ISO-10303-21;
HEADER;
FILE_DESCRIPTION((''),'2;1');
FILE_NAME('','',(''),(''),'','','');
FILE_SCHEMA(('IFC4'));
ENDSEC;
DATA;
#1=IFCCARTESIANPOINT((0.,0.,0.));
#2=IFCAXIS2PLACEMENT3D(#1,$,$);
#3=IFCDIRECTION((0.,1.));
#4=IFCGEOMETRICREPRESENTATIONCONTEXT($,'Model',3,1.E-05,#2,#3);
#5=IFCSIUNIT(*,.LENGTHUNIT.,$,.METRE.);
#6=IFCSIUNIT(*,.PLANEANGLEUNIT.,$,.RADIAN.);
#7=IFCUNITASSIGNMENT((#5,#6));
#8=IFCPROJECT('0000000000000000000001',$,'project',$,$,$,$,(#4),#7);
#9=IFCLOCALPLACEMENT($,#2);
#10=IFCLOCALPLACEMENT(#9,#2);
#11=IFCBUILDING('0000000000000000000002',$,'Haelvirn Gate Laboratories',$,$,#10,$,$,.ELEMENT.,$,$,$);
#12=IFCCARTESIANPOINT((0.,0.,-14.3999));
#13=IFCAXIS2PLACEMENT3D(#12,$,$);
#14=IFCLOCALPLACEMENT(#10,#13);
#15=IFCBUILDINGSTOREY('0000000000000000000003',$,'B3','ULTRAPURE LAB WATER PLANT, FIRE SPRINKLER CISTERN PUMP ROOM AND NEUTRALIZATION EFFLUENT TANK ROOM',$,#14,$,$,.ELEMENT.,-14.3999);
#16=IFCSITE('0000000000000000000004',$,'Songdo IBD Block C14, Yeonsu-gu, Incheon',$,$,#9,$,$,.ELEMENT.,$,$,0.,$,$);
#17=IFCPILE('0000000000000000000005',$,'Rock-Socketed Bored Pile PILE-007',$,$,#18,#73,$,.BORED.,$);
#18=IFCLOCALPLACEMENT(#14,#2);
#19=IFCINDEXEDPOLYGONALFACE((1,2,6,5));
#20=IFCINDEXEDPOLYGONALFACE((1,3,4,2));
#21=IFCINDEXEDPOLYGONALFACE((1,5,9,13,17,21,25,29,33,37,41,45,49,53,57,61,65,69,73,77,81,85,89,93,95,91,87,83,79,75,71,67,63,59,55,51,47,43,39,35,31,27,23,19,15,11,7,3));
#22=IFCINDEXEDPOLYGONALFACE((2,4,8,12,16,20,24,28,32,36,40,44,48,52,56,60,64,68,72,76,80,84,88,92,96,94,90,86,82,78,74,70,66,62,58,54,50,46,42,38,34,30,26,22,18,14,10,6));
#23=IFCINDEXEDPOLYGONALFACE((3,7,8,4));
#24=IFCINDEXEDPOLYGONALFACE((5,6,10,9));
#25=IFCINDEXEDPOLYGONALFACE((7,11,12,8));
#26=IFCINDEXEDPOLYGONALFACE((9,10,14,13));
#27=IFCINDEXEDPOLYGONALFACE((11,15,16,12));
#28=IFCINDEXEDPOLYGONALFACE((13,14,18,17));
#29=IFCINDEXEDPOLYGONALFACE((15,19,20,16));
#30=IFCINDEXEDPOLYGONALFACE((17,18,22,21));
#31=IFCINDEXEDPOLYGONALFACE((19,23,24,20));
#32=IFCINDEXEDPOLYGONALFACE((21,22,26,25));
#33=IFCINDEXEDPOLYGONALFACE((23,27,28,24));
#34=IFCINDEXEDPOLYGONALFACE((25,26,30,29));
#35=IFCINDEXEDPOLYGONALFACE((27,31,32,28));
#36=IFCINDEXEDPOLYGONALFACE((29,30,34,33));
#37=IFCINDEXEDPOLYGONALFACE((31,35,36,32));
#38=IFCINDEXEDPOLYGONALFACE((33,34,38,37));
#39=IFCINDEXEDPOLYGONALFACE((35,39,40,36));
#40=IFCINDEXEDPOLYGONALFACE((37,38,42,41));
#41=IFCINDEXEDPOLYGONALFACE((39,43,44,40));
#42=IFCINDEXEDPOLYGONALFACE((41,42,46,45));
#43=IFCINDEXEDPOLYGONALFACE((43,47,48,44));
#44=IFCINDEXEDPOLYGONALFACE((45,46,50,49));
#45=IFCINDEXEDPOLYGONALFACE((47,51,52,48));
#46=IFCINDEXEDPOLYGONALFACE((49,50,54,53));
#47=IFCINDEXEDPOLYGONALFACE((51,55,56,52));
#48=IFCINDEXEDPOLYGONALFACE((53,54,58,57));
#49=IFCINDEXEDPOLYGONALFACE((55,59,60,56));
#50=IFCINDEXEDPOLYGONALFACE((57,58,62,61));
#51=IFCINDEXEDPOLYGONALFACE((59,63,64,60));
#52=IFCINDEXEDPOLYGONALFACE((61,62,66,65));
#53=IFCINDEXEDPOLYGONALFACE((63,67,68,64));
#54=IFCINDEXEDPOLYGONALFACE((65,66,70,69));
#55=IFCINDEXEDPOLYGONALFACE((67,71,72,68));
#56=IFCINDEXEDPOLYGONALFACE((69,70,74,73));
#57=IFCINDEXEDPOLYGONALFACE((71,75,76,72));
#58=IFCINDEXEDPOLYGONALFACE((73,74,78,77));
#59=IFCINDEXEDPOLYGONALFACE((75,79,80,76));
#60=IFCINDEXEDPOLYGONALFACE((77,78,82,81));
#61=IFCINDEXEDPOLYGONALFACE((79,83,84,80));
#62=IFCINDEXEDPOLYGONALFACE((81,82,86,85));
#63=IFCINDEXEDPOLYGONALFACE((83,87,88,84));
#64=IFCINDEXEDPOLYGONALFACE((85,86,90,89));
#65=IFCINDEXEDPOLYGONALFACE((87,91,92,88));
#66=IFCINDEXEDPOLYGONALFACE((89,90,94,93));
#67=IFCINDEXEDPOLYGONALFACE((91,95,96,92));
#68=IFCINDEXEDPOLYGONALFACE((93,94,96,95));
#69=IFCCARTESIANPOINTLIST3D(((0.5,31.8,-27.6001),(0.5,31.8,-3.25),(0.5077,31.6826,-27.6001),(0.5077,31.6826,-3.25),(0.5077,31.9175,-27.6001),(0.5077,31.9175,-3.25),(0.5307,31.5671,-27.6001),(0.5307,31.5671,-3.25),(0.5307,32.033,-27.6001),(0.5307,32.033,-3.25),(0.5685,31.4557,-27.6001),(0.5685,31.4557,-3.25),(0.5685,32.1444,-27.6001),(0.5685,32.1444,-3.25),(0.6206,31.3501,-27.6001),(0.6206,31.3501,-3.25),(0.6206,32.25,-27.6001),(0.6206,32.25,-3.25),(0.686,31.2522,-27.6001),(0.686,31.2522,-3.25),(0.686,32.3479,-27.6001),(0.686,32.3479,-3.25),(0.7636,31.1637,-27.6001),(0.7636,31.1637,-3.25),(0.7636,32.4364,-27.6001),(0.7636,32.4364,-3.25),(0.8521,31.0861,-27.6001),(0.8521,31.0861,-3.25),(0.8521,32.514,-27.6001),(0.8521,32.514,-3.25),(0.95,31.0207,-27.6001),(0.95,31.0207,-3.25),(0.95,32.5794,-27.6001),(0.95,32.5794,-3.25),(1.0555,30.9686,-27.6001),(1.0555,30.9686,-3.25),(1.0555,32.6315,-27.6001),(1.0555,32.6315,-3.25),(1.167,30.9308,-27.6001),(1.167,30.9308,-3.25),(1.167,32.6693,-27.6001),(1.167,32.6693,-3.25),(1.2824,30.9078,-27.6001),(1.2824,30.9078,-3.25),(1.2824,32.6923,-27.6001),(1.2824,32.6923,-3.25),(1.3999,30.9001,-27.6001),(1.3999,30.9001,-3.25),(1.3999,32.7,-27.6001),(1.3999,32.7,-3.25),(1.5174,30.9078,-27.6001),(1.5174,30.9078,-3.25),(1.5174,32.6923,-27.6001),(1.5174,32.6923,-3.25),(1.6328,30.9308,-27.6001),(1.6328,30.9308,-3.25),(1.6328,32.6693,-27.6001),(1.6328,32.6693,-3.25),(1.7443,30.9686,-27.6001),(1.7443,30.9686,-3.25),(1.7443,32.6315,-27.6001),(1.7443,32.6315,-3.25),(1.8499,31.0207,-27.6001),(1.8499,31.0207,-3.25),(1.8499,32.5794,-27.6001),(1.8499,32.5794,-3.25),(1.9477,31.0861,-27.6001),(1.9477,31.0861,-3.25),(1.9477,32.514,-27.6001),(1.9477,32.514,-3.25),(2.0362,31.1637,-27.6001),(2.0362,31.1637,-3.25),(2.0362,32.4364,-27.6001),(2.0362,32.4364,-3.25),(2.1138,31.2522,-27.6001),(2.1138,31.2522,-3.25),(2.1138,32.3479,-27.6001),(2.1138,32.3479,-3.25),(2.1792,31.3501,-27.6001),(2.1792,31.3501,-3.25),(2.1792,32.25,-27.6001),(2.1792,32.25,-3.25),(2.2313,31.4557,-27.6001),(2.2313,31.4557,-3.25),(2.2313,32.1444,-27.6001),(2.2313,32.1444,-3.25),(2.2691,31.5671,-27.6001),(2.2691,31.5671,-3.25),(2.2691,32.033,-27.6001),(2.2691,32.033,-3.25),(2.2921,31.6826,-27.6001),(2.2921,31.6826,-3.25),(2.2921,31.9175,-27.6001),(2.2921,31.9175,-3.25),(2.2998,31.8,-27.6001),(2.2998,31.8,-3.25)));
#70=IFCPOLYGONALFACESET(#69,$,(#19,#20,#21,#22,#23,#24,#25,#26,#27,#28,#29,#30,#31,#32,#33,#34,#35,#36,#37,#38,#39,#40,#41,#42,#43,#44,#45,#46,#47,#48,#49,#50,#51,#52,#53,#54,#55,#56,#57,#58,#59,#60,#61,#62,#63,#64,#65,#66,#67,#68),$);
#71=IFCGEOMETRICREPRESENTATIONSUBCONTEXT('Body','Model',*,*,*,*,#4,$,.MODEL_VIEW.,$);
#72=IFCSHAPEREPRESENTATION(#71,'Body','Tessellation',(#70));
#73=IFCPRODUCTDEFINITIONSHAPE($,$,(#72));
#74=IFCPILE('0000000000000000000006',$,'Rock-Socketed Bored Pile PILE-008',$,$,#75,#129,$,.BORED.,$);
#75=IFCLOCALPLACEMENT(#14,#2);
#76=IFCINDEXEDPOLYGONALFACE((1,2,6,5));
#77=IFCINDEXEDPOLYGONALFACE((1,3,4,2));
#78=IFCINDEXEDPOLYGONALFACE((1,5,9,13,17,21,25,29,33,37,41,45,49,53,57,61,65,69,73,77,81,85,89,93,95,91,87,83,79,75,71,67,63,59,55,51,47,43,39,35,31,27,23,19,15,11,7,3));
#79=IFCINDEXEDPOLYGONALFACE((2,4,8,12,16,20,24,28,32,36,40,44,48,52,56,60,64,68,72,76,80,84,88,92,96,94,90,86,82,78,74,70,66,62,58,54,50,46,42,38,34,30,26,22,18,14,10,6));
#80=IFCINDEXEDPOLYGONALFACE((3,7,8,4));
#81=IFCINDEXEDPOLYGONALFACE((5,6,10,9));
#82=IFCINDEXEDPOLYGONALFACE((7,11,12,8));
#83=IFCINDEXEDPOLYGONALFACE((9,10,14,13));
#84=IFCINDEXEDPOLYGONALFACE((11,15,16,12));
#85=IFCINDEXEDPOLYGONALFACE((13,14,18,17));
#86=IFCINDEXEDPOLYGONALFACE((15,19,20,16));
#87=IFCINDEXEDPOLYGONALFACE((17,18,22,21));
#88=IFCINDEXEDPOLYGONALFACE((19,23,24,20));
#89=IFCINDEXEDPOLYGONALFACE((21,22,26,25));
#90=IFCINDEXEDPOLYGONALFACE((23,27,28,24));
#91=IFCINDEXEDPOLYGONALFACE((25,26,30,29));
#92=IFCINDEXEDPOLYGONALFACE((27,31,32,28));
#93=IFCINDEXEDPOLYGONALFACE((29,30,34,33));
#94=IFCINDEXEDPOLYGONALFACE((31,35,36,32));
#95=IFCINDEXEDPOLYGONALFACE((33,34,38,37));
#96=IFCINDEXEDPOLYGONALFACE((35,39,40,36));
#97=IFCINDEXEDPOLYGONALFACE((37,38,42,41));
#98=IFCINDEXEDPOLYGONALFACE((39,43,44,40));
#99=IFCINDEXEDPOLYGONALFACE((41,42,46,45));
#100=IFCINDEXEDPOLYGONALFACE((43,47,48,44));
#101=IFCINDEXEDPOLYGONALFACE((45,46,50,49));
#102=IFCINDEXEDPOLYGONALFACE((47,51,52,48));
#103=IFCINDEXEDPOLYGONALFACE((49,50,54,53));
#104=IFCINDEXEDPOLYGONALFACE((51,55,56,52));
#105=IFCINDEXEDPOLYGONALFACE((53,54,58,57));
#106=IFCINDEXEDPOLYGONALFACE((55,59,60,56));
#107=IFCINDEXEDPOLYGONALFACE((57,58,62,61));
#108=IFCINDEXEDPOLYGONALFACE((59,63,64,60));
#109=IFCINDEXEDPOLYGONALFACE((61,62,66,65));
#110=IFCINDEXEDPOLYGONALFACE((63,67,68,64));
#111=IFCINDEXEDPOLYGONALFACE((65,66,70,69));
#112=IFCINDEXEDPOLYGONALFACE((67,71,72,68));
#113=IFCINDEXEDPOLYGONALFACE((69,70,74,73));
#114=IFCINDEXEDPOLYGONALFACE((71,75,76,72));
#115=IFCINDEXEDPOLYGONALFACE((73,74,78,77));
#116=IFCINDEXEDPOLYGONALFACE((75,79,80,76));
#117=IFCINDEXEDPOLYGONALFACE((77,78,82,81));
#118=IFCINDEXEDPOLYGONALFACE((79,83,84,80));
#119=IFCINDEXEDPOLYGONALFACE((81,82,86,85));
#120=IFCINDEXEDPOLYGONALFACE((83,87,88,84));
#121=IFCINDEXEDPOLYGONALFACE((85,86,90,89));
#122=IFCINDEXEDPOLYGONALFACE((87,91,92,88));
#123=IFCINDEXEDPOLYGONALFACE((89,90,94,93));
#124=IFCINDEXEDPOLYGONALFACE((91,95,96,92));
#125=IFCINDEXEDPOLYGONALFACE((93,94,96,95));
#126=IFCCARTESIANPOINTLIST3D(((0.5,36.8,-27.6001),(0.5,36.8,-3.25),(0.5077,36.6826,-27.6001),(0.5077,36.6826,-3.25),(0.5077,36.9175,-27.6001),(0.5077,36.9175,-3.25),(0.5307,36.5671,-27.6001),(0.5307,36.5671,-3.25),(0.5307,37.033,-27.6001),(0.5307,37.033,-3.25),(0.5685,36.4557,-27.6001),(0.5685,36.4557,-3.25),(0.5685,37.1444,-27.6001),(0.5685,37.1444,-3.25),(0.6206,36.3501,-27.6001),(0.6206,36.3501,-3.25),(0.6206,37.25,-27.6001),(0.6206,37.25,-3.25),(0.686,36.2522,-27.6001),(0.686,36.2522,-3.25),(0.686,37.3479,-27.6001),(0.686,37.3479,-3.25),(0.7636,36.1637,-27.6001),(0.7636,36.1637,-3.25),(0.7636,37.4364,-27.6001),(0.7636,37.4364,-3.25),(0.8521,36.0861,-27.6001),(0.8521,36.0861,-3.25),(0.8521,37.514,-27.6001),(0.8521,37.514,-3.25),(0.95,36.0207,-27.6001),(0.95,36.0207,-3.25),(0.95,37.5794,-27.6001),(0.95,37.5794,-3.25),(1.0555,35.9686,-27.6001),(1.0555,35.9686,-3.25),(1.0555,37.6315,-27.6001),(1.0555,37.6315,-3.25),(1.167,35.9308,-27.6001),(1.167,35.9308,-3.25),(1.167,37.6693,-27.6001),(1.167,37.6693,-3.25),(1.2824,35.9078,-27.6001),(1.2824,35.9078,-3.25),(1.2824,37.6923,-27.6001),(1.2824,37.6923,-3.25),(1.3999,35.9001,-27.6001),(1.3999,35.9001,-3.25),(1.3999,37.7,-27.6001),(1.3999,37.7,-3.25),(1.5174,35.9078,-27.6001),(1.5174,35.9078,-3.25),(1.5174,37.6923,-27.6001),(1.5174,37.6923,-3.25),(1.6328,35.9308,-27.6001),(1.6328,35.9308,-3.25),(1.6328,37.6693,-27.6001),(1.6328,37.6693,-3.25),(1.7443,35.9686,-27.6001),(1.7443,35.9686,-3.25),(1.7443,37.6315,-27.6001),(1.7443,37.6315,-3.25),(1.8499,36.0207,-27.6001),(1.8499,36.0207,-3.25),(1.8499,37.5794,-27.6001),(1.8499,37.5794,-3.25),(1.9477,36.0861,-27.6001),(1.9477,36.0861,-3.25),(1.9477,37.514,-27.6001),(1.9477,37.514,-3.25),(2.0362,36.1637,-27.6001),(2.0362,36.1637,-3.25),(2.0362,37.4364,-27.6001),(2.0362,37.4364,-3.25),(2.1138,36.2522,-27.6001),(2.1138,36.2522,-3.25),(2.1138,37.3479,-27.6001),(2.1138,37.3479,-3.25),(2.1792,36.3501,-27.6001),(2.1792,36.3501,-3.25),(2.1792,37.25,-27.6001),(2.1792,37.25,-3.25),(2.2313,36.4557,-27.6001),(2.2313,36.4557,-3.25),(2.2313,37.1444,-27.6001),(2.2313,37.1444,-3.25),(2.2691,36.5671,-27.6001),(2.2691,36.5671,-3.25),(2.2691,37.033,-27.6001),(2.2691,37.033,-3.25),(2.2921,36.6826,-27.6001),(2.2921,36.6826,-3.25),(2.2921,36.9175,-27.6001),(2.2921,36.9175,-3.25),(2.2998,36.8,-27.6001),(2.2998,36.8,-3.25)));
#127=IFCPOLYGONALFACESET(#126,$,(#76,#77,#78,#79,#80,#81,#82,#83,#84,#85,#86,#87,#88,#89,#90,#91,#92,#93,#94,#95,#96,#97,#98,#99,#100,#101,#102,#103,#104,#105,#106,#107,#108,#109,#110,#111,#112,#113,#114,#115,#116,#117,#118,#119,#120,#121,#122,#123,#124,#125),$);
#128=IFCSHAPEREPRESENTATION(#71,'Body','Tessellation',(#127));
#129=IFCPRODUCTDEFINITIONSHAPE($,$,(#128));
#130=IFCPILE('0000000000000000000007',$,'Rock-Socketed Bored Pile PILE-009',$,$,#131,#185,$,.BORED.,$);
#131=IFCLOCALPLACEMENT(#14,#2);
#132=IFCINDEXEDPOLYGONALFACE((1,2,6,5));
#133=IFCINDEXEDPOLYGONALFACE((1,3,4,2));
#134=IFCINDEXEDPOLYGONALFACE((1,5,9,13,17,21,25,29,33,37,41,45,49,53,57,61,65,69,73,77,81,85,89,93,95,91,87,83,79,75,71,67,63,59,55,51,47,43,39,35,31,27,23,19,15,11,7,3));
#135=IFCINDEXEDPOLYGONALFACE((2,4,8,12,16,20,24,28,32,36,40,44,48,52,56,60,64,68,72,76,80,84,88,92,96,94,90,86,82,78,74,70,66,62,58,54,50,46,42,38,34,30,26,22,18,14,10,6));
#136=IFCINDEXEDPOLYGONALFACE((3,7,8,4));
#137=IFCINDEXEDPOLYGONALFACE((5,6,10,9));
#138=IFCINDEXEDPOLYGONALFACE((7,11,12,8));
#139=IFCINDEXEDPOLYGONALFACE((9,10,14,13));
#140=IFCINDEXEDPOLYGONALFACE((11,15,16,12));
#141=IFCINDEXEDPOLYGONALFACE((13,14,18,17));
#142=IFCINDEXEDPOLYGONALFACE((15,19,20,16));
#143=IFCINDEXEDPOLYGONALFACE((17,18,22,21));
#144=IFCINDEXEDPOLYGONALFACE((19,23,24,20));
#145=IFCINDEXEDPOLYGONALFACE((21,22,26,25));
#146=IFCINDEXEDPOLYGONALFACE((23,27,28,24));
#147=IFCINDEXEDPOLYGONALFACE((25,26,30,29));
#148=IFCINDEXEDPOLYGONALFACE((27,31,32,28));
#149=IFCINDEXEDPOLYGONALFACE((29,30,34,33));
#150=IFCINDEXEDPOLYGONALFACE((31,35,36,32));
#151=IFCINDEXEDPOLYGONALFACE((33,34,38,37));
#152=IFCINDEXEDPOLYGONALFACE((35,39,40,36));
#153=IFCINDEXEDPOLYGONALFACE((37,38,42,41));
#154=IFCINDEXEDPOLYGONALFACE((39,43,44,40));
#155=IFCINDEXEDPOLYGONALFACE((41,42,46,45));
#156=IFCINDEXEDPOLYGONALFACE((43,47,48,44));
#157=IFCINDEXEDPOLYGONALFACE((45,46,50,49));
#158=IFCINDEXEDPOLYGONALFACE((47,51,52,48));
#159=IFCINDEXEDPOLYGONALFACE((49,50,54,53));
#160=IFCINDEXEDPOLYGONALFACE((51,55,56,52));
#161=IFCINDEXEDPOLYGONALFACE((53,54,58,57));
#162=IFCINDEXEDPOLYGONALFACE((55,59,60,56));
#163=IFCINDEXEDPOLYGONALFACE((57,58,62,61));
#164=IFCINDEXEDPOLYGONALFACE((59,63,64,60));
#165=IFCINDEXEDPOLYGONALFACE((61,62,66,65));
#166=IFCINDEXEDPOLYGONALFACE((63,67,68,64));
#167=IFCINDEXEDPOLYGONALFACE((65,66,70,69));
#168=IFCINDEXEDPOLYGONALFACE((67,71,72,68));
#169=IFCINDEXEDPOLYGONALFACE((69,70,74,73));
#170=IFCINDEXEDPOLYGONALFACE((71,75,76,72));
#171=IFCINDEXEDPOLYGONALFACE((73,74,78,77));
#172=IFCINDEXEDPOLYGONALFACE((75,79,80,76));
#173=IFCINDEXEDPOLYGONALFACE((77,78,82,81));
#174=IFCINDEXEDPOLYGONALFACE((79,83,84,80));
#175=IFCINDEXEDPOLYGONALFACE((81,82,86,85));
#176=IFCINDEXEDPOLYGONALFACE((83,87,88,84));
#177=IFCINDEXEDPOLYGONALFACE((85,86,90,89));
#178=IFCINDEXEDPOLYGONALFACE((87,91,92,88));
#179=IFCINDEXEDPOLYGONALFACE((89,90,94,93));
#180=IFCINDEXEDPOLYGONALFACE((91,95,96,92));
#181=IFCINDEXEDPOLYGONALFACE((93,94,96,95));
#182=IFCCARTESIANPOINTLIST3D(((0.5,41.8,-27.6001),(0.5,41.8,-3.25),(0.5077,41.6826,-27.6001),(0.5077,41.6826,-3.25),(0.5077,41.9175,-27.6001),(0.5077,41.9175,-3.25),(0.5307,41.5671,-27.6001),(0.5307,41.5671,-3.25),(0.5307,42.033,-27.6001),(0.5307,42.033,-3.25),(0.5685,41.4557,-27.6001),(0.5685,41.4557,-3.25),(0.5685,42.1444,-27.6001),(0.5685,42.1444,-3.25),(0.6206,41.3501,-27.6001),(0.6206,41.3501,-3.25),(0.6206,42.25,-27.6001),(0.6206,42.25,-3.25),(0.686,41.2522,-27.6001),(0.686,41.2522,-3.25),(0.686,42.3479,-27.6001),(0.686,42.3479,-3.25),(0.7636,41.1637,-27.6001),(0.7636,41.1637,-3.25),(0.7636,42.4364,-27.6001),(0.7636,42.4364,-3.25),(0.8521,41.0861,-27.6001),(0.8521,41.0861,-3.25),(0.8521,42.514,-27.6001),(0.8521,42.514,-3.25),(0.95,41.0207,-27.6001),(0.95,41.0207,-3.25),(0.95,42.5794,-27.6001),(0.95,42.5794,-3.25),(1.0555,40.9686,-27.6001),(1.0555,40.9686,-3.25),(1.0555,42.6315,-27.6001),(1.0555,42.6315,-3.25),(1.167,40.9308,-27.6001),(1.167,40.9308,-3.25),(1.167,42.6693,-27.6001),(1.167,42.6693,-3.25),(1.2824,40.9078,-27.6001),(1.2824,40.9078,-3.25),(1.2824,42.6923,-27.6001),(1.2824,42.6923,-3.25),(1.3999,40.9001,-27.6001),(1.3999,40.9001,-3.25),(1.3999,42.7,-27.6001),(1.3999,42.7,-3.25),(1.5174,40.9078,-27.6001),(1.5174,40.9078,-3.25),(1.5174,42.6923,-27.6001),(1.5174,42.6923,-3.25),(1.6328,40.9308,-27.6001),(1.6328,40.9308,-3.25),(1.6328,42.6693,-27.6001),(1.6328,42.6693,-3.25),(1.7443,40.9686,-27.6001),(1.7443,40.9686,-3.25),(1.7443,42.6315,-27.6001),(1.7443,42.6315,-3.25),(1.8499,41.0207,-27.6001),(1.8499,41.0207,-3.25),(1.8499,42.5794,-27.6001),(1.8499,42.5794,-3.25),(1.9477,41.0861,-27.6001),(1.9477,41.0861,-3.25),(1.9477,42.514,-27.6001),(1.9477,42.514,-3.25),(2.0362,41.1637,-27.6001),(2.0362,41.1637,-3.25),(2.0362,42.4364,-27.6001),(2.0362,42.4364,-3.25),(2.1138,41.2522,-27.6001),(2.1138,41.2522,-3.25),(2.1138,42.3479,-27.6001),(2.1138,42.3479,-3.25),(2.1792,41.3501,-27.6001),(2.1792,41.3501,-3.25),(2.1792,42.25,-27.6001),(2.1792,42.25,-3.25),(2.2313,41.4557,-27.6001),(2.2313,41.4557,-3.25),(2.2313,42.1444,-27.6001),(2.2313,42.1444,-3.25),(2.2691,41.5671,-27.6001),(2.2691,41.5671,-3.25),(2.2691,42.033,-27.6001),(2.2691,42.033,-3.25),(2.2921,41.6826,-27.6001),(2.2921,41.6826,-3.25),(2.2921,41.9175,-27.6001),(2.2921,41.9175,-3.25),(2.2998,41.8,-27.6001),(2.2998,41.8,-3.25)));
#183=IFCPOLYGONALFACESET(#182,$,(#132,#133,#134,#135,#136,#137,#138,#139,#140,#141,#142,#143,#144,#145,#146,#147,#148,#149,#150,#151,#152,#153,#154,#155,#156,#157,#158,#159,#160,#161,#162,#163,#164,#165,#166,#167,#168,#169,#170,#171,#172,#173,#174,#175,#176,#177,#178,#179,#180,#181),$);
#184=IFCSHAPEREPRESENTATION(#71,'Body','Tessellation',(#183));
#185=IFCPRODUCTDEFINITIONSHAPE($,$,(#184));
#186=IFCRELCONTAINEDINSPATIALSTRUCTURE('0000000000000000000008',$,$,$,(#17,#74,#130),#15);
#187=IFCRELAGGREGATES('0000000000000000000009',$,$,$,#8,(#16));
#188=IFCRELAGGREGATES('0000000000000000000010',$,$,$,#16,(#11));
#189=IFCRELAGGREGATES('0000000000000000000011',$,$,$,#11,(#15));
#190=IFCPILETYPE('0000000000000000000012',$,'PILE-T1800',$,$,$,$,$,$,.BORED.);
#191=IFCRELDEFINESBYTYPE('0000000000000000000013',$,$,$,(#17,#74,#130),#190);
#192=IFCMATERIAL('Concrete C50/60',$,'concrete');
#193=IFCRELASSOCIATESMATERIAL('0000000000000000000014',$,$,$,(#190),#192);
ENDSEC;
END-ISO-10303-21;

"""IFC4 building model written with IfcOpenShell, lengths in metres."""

from ifc_helpers import new_model, si_unit, direction, frame, origin, origin_2d, place, context, subcontext, project, spatial, circle, extrude, source, transform, mapped, material, material_profile, profile_set, type_object, type_shapes, element, save


model = new_model("IFC4")

# Units and contexts
model_context = context("Model", 3, precision=1e-05, world=origin(), true_north=direction((0.0, 1.0)))
body_context = subcontext(model_context, "Body", "Model", "MODEL_VIEW")
ifc_project = project(units=[si_unit("LENGTHUNIT", "METRE"), si_unit("PLANEANGLEUNIT", "RADIAN")], contexts=[model_context])

# Site, building, storey
site_placement = place(None, origin())
site = spatial("IfcSite", under=ifc_project, at=site_placement, Name="Songdo IBD Block C14, Yeonsu-gu, Incheon", CompositionType="ELEMENT", RefElevation=0.0)
building_placement = place(site_placement, origin())
building = spatial("IfcBuilding", under=site, at=building_placement, Name="Haelvirn Gate Laboratories", CompositionType="ELEMENT")
storey_placement = place(building_placement, frame((0.0, 0.0, -14.3999)))
storey = spatial("IfcBuildingStorey", under=building, at=storey_placement, Name="B3", Description="ULTRAPURE LAB WATER PLANT, FIRE SPRINKLER CISTERN PUMP ROOM AND NEUTRALIZATION EFFLUENT TANK ROOM", CompositionType="ELEMENT", Elevation=-14.3999)

# Piles
ifc_material_1 = material(Name="Concrete C50/60", Category="concrete")
ifc_material_profile_1 = material_profile(ifc_material_1, circle(Radius=0.8999, at=origin_2d()), Name="PILE-D1800")
ifc_profile_set_1 = profile_set([ifc_material_profile_1], Name="Concrete C50/60")
pile_type_1 = type_object("IfcPileType", Name="PILE-T1800", PredefinedType="BORED", material=ifc_profile_set_1)
shared_shape_1 = source(origin(), body_context, "Body", "SweptSolid", [
    extrude(circle(Radius=0.8999, at=origin_2d()), origin(), (0.0, 0.0, 1.0), 24.3501),
])
type_shapes(pile_type_1, [shared_shape_1])
for number, where, z_axis, x_axis, name in (
    (1, (1.3999, 31.8, -3.25), (0.0, 0.0, -1.0), (1.0, 0.0, 0.0), "Rock-Socketed Bored Pile PILE-007"),
    (2, (1.3999, 36.8, -3.25), (0.0, 0.0, -1.0), (1.0, 0.0, 0.0), "Rock-Socketed Bored Pile PILE-008"),
    (3, (1.3999, 41.8, -3.25), (0.0, 0.0, -1.0), (1.0, 0.0, 0.0), "Rock-Socketed Bored Pile PILE-009"),
):
    element("IfcPile", number, at=place(storey_placement, frame(where, z_axis=z_axis, x_axis=x_axis)), inside=storey, type_object=pile_type_1, Name=name, PredefinedType="BORED", context=body_context, shape_type="MappedRepresentation", body=[
        mapped(shared_shape_1, transform((0.0, 0.0, 0.0), scale=1.0)),
    ])

save(model, "model.ifc")
